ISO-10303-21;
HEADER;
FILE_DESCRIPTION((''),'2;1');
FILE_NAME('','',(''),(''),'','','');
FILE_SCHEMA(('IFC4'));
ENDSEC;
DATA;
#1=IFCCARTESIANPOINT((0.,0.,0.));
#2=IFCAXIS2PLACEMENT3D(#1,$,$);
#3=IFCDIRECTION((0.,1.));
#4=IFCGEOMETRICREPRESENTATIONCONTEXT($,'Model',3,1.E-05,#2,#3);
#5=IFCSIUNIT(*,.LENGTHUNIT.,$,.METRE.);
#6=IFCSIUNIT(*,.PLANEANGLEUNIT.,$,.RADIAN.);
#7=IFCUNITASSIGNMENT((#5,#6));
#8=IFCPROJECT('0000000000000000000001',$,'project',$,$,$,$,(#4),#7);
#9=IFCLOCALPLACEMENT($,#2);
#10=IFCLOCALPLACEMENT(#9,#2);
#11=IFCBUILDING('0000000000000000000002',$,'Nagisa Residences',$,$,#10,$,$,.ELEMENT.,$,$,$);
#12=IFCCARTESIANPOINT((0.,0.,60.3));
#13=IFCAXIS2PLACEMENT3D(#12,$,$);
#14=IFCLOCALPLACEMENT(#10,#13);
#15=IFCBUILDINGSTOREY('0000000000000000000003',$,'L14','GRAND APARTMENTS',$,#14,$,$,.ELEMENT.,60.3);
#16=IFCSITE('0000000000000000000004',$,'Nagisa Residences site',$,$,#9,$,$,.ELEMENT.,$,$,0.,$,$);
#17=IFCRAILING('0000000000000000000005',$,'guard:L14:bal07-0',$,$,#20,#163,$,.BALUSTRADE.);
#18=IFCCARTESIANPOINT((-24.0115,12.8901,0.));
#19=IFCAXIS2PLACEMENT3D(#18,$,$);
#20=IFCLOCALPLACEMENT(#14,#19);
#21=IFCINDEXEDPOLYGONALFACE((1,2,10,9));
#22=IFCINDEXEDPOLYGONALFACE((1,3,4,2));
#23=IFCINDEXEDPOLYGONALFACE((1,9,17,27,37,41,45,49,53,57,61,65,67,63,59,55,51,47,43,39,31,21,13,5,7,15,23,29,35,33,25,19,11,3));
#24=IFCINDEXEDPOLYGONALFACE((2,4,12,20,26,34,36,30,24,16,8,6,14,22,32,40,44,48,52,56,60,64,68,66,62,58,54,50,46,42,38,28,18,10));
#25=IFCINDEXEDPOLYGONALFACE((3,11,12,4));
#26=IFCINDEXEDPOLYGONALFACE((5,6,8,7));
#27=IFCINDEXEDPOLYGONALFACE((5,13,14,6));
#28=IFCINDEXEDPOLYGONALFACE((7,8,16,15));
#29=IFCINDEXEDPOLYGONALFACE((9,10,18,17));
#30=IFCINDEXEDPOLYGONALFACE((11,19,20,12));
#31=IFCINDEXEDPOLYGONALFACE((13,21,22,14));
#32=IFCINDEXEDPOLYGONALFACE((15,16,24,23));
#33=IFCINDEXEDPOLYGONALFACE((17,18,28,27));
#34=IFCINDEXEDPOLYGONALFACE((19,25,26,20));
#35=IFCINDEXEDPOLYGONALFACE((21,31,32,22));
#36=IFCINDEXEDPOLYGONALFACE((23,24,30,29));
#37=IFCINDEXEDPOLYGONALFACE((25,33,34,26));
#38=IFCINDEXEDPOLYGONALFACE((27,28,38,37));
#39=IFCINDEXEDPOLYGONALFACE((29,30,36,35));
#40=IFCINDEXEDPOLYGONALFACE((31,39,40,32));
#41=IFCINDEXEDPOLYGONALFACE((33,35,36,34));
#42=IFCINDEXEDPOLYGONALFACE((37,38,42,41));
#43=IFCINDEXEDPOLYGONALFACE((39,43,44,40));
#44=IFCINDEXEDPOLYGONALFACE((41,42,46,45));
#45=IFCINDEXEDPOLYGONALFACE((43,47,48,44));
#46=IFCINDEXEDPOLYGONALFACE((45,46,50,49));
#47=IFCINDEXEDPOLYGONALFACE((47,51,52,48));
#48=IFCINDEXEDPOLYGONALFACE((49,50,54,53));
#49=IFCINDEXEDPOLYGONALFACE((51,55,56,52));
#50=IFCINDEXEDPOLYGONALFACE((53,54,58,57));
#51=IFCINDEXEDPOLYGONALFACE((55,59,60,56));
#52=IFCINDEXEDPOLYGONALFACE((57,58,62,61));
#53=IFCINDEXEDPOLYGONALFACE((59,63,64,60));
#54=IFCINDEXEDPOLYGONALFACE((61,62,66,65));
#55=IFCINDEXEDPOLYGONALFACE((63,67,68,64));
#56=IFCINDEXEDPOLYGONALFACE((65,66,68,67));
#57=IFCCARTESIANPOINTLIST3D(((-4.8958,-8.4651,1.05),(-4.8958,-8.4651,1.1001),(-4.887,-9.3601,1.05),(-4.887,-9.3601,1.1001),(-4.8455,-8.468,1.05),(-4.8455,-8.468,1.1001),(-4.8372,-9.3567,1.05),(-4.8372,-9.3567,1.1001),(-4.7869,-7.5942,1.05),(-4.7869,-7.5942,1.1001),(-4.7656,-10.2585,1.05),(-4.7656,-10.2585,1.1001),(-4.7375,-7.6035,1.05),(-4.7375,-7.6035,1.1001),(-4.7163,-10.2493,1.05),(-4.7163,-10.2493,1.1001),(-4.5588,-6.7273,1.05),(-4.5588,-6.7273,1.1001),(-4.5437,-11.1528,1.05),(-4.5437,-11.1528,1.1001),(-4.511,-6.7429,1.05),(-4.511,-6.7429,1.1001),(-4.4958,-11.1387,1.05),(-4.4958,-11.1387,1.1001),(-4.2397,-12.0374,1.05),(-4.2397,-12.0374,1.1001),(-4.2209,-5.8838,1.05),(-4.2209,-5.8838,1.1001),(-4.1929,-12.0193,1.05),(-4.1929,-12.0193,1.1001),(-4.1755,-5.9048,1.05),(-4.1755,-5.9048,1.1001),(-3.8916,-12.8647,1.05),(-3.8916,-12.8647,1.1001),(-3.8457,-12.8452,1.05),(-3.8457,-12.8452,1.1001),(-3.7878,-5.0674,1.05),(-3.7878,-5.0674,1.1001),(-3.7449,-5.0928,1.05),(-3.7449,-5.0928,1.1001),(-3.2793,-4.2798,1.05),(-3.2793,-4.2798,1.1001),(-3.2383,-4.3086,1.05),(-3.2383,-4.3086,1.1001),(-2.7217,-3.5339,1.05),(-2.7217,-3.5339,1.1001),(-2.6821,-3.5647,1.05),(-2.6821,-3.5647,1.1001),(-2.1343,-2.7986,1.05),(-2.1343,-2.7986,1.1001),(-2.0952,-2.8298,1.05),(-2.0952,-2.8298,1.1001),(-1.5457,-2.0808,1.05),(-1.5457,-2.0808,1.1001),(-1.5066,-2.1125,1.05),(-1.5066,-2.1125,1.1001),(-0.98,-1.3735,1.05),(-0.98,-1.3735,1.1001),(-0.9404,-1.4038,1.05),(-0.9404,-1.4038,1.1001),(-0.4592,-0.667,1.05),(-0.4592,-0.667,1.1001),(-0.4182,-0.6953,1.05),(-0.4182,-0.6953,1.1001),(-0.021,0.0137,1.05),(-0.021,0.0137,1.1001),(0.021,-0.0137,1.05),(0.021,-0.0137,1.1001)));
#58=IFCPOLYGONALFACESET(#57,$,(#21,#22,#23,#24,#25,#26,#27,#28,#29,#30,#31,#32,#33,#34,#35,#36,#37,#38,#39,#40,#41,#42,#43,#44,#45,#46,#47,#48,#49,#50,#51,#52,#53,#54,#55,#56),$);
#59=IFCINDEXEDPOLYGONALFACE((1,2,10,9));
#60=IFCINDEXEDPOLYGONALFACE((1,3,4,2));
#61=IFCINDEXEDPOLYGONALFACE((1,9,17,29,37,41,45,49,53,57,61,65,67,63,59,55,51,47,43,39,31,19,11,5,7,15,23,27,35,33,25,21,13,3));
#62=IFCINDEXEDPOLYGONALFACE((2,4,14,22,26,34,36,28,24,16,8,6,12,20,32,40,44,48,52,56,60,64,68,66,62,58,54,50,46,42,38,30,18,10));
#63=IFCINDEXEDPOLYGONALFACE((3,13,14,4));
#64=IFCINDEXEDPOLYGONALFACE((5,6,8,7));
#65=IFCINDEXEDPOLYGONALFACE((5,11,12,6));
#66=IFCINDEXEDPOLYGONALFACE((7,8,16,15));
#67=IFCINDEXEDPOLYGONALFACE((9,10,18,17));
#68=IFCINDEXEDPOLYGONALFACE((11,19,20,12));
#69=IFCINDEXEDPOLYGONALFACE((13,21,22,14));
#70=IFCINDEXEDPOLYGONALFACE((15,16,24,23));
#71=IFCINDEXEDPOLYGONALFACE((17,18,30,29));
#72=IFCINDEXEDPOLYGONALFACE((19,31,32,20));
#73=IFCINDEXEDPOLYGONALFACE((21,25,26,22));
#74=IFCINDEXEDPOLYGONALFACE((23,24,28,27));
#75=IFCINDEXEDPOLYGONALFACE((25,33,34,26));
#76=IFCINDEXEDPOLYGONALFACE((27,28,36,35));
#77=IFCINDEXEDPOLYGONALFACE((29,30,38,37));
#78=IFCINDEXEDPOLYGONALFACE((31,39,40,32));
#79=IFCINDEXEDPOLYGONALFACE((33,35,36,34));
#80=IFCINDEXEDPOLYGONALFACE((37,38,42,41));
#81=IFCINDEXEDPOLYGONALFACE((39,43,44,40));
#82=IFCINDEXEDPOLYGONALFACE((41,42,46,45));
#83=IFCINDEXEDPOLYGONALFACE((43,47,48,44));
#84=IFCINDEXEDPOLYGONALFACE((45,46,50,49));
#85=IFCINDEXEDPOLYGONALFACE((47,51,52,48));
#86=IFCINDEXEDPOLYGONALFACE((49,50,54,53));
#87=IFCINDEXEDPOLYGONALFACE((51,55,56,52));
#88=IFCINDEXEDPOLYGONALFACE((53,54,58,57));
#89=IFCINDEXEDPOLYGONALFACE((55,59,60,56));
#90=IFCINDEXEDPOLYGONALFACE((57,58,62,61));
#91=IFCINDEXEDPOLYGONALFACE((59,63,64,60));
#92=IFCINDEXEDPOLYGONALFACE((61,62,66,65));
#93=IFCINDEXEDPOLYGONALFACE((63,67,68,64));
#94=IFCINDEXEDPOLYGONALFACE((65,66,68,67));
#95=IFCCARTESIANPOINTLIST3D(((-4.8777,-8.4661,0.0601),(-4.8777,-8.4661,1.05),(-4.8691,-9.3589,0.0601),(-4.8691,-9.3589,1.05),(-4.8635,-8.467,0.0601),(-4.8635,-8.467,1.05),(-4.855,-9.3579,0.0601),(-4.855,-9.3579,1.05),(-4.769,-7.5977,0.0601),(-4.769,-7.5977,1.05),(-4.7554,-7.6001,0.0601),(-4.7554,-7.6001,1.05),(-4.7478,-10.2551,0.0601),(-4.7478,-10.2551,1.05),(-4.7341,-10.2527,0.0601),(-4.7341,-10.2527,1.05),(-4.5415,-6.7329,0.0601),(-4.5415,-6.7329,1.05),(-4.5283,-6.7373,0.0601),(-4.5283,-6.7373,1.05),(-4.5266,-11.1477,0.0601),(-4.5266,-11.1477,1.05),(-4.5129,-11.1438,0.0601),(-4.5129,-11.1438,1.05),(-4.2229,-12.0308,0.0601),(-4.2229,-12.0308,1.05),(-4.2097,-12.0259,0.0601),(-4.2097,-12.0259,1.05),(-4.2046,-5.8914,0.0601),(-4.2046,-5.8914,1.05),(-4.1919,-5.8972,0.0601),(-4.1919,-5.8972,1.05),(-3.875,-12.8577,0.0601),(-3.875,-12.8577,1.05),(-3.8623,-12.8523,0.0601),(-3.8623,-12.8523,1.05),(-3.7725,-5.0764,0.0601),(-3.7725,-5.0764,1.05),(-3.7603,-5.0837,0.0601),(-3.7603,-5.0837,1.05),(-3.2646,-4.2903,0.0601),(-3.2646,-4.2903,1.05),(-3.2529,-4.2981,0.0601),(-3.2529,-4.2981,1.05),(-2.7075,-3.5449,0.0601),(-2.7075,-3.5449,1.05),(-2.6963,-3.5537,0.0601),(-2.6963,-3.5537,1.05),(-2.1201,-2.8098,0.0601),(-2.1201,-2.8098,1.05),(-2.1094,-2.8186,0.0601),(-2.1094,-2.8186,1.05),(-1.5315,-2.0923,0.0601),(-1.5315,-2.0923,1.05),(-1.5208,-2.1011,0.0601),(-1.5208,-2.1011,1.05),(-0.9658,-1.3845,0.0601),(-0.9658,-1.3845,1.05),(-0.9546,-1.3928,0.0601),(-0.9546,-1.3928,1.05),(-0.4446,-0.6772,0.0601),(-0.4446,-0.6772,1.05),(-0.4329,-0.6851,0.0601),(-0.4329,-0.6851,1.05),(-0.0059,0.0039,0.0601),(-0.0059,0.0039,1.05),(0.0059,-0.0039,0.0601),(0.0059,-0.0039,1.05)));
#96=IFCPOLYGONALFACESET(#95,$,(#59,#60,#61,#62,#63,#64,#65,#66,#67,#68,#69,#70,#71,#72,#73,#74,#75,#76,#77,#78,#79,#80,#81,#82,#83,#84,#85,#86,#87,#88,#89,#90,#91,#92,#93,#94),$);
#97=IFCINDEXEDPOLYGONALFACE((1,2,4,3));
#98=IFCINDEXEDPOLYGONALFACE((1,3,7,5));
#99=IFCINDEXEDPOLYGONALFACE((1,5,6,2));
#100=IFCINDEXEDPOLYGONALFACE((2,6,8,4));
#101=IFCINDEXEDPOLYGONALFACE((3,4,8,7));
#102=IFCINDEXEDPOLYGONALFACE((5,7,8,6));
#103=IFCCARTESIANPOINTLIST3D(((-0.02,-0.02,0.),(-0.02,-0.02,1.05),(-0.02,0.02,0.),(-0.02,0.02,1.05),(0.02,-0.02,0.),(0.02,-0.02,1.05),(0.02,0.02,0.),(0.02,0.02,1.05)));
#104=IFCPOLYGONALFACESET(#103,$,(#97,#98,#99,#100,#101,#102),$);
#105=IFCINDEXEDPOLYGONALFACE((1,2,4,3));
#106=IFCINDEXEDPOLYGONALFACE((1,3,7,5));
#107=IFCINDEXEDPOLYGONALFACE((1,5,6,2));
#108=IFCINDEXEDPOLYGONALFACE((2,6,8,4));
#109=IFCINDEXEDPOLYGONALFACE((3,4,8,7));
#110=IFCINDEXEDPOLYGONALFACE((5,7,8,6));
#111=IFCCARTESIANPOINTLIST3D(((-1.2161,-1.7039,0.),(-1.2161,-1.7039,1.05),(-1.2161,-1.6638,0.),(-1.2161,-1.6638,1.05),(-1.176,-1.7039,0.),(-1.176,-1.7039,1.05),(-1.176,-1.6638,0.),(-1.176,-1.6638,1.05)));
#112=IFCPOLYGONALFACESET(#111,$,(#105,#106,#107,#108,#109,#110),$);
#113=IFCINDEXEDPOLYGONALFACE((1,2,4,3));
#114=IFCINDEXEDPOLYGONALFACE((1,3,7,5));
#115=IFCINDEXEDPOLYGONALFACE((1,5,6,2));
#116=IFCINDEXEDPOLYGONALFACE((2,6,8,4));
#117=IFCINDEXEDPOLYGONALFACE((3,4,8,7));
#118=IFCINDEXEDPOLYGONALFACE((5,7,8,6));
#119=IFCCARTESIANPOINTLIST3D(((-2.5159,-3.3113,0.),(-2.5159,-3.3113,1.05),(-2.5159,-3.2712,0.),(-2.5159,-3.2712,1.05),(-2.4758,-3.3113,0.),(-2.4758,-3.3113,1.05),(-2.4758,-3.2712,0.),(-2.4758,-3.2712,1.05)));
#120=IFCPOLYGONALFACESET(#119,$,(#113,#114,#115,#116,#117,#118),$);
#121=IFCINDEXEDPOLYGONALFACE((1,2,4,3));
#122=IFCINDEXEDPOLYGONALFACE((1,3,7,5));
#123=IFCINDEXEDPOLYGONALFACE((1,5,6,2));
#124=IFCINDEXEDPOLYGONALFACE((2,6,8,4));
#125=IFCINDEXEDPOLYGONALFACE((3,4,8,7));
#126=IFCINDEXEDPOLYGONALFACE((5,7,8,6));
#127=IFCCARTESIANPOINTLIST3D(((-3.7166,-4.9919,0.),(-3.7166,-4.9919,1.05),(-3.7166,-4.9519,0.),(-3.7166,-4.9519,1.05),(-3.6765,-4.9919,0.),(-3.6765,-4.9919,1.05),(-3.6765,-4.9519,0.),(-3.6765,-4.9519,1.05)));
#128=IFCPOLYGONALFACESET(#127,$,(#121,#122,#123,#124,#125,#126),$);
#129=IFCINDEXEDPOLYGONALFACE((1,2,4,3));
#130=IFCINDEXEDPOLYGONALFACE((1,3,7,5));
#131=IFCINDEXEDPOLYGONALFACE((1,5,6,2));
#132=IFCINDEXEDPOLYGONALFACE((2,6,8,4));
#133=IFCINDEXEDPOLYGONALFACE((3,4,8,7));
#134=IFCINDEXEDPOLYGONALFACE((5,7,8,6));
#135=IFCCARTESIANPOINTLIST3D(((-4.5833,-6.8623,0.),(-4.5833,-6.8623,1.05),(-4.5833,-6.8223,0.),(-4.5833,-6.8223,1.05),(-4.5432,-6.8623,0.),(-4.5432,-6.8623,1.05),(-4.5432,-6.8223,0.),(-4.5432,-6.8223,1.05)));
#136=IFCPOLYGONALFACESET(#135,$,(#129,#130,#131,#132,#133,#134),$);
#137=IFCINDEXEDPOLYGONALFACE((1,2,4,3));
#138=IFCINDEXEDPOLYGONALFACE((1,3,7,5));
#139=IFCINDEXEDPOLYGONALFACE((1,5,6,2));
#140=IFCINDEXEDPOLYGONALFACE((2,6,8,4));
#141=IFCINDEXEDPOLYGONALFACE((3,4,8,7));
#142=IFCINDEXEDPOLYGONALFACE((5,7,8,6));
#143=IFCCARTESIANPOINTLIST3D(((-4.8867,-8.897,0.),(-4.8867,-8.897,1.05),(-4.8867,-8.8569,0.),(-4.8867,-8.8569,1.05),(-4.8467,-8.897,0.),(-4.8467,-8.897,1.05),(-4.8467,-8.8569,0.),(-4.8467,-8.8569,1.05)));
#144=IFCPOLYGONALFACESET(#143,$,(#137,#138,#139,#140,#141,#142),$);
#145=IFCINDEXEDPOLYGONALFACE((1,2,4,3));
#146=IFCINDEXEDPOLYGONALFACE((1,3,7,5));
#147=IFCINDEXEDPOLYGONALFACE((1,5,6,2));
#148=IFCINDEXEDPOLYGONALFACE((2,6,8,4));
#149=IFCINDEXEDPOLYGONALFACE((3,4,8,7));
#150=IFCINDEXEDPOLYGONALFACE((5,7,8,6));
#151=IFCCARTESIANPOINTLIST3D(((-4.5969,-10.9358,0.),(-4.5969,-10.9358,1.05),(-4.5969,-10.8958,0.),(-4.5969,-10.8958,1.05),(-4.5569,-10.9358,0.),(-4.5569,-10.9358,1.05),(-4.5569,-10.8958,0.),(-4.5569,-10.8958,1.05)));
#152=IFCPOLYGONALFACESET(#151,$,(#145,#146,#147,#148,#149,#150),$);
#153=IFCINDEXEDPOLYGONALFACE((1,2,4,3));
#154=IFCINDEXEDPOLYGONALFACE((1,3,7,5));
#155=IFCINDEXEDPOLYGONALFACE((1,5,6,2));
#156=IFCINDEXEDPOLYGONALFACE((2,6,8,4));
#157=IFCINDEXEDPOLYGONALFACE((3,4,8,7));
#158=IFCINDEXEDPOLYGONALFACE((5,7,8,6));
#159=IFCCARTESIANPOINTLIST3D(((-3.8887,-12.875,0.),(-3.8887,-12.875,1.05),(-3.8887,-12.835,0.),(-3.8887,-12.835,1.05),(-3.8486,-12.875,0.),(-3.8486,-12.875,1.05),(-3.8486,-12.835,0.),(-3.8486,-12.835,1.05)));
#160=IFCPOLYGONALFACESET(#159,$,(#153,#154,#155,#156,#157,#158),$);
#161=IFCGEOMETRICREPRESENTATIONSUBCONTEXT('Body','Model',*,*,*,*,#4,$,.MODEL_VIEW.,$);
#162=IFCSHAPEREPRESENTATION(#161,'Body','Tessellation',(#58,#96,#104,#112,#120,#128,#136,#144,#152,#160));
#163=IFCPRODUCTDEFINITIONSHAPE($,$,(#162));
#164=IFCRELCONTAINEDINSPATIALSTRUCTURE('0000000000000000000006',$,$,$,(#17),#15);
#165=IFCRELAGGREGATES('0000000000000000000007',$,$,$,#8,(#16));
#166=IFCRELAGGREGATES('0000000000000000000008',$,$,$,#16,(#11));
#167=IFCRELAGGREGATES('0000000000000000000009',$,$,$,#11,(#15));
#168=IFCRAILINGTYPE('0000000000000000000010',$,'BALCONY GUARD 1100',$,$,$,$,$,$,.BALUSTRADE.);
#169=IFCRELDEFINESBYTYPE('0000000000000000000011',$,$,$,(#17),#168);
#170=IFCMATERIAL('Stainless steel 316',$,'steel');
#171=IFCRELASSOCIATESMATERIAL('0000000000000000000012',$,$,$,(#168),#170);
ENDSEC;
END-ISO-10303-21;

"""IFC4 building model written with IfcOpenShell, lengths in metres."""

from ifc_helpers import new_model, si_unit, direction, frame, origin, origin_2d, place, context, subcontext, project, spatial, polyline, rectangle, outline, extrude, material, type_object, element, save


model = new_model("IFC4")

# Units and contexts
model_context = context("Model", 3, precision=1e-05, world=origin(), true_north=direction((0.0, 1.0)))
body_context = subcontext(model_context, "Body", "Model", "MODEL_VIEW")
ifc_project = project(units=[si_unit("LENGTHUNIT", "METRE"), si_unit("PLANEANGLEUNIT", "RADIAN")], contexts=[model_context])

# Site, building, storey
site_placement = place(None, origin())
site = spatial("IfcSite", under=ifc_project, at=site_placement, Name="Nagisa Residences site", CompositionType="ELEMENT", RefElevation=0.0)
building_placement = place(site_placement, origin())
building = spatial("IfcBuilding", under=site, at=building_placement, Name="Nagisa Residences", CompositionType="ELEMENT")
storey_placement = place(building_placement, frame((0.0, 0.0, 60.3)))
storey = spatial("IfcBuildingStorey", under=building, at=storey_placement, Name="L14", Description="GRAND APARTMENTS", CompositionType="ELEMENT", Elevation=60.3)

# Railing
ifc_material_1 = material(Name="Stainless steel 316", Category="steel")
railing_type = type_object("IfcRailingType", Name="BALCONY GUARD 1100", PredefinedType="BALUSTRADE", material=ifc_material_1)
railing_1_placement = place(storey_placement, frame((-24.0115, 12.8901, 0.0)))
element("IfcRailing", 1, at=railing_1_placement, inside=storey, type_object=railing_type, Name="guard:L14:bal07-0", PredefinedType="BALUSTRADE", context=body_context, shape_type="SweptSolid", body=[
    extrude(outline(polyline([(-0.4182, -0.6953), (0.021, -0.0137), (-0.021, 0.0137), (-0.4592, -0.667), (-0.98, -1.3735), (-1.5457, -2.0808), (-2.1343, -2.7986), (-2.7217, -3.5339), (-3.2793, -4.2798), (-3.7878, -5.0674), (-4.2209, -5.8838), (-4.5588, -6.7273), (-4.7869, -7.5942), (-4.8958, -8.4651), (-4.887, -9.3601), (-4.7656, -10.2585), (-4.5437, -11.1528), (-4.2397, -12.0374), (-3.8916, -12.8647), (-3.8457, -12.8452), (-4.1929, -12.0193), (-4.4958, -11.1387), (-4.7163, -10.2493), (-4.8372, -9.3567), (-4.8455, -8.468), (-4.7375, -7.6035), (-4.511, -6.7429), (-4.1755, -5.9048), (-3.7449, -5.0928), (-3.2383, -4.3086), (-2.6821, -3.5647), (-2.0952, -2.8298), (-1.5066, -2.1125), (-0.9404, -1.4038), (-0.4182, -0.6953)])), frame((0.0, 0.0, 1.05)), (0.0, 0.0, 1.0), 0.05),
    extrude(outline(polyline([(-0.4329, -0.6851), (0.0059, -0.0039), (-0.0059, 0.0039), (-0.4446, -0.6772), (-0.9658, -1.3845), (-1.5315, -2.0923), (-2.1201, -2.8098), (-2.7075, -3.5449), (-3.2646, -4.2903), (-3.7725, -5.0764), (-4.2046, -5.8914), (-4.5415, -6.7329), (-4.769, -7.5977), (-4.8777, -8.4661), (-4.8691, -9.3589), (-4.7478, -10.2551), (-4.5266, -11.1477), (-4.2229, -12.0308), (-3.875, -12.8577), (-3.8623, -12.8523), (-4.2097, -12.0259), (-4.5129, -11.1438), (-4.7341, -10.2527), (-4.855, -9.3579), (-4.8635, -8.467), (-4.7554, -7.6001), (-4.5283, -6.7373), (-4.1919, -5.8972), (-3.7603, -5.0837), (-3.2529, -4.2981), (-2.6963, -3.5537), (-2.1094, -2.8186), (-1.5208, -2.1011), (-0.9546, -1.3928), (-0.4329, -0.6851)])), frame((0.0, 0.0, 0.0601)), (0.0, 0.0, 1.0), 0.99),
    extrude(rectangle(XDim=0.04, YDim=0.04, at=origin_2d()), origin(), (0.0, 0.0, 1.0), 1.05),
    extrude(rectangle(XDim=0.04, YDim=0.04, at=origin_2d()), frame((-1.196, -1.6838, 0.0)), (0.0, 0.0, 1.0), 1.05),
    extrude(rectangle(XDim=0.04, YDim=0.04, at=origin_2d()), frame((-2.4958, -3.2913, 0.0)), (0.0, 0.0, 1.0), 1.05),
    extrude(rectangle(XDim=0.04, YDim=0.04, at=origin_2d()), frame((-3.6965, -4.9719, 0.0)), (0.0, 0.0, 1.0), 1.05),
    extrude(rectangle(XDim=0.04, YDim=0.04, at=origin_2d()), frame((-4.5632, -6.8423, 0.0)), (0.0, 0.0, 1.0), 1.05),
    extrude(rectangle(XDim=0.04, YDim=0.04, at=origin_2d()), frame((-4.8667, -8.877, 0.0)), (0.0, 0.0, 1.0), 1.05),
    extrude(rectangle(XDim=0.04, YDim=0.04, at=origin_2d()), frame((-4.5769, -10.9158, 0.0)), (0.0, 0.0, 1.0), 1.05),
    extrude(rectangle(XDim=0.04, YDim=0.04, at=origin_2d()), frame((-3.8687, -12.855, 0.0)), (0.0, 0.0, 1.0), 1.05),
])

save(model, "model.ifc")
